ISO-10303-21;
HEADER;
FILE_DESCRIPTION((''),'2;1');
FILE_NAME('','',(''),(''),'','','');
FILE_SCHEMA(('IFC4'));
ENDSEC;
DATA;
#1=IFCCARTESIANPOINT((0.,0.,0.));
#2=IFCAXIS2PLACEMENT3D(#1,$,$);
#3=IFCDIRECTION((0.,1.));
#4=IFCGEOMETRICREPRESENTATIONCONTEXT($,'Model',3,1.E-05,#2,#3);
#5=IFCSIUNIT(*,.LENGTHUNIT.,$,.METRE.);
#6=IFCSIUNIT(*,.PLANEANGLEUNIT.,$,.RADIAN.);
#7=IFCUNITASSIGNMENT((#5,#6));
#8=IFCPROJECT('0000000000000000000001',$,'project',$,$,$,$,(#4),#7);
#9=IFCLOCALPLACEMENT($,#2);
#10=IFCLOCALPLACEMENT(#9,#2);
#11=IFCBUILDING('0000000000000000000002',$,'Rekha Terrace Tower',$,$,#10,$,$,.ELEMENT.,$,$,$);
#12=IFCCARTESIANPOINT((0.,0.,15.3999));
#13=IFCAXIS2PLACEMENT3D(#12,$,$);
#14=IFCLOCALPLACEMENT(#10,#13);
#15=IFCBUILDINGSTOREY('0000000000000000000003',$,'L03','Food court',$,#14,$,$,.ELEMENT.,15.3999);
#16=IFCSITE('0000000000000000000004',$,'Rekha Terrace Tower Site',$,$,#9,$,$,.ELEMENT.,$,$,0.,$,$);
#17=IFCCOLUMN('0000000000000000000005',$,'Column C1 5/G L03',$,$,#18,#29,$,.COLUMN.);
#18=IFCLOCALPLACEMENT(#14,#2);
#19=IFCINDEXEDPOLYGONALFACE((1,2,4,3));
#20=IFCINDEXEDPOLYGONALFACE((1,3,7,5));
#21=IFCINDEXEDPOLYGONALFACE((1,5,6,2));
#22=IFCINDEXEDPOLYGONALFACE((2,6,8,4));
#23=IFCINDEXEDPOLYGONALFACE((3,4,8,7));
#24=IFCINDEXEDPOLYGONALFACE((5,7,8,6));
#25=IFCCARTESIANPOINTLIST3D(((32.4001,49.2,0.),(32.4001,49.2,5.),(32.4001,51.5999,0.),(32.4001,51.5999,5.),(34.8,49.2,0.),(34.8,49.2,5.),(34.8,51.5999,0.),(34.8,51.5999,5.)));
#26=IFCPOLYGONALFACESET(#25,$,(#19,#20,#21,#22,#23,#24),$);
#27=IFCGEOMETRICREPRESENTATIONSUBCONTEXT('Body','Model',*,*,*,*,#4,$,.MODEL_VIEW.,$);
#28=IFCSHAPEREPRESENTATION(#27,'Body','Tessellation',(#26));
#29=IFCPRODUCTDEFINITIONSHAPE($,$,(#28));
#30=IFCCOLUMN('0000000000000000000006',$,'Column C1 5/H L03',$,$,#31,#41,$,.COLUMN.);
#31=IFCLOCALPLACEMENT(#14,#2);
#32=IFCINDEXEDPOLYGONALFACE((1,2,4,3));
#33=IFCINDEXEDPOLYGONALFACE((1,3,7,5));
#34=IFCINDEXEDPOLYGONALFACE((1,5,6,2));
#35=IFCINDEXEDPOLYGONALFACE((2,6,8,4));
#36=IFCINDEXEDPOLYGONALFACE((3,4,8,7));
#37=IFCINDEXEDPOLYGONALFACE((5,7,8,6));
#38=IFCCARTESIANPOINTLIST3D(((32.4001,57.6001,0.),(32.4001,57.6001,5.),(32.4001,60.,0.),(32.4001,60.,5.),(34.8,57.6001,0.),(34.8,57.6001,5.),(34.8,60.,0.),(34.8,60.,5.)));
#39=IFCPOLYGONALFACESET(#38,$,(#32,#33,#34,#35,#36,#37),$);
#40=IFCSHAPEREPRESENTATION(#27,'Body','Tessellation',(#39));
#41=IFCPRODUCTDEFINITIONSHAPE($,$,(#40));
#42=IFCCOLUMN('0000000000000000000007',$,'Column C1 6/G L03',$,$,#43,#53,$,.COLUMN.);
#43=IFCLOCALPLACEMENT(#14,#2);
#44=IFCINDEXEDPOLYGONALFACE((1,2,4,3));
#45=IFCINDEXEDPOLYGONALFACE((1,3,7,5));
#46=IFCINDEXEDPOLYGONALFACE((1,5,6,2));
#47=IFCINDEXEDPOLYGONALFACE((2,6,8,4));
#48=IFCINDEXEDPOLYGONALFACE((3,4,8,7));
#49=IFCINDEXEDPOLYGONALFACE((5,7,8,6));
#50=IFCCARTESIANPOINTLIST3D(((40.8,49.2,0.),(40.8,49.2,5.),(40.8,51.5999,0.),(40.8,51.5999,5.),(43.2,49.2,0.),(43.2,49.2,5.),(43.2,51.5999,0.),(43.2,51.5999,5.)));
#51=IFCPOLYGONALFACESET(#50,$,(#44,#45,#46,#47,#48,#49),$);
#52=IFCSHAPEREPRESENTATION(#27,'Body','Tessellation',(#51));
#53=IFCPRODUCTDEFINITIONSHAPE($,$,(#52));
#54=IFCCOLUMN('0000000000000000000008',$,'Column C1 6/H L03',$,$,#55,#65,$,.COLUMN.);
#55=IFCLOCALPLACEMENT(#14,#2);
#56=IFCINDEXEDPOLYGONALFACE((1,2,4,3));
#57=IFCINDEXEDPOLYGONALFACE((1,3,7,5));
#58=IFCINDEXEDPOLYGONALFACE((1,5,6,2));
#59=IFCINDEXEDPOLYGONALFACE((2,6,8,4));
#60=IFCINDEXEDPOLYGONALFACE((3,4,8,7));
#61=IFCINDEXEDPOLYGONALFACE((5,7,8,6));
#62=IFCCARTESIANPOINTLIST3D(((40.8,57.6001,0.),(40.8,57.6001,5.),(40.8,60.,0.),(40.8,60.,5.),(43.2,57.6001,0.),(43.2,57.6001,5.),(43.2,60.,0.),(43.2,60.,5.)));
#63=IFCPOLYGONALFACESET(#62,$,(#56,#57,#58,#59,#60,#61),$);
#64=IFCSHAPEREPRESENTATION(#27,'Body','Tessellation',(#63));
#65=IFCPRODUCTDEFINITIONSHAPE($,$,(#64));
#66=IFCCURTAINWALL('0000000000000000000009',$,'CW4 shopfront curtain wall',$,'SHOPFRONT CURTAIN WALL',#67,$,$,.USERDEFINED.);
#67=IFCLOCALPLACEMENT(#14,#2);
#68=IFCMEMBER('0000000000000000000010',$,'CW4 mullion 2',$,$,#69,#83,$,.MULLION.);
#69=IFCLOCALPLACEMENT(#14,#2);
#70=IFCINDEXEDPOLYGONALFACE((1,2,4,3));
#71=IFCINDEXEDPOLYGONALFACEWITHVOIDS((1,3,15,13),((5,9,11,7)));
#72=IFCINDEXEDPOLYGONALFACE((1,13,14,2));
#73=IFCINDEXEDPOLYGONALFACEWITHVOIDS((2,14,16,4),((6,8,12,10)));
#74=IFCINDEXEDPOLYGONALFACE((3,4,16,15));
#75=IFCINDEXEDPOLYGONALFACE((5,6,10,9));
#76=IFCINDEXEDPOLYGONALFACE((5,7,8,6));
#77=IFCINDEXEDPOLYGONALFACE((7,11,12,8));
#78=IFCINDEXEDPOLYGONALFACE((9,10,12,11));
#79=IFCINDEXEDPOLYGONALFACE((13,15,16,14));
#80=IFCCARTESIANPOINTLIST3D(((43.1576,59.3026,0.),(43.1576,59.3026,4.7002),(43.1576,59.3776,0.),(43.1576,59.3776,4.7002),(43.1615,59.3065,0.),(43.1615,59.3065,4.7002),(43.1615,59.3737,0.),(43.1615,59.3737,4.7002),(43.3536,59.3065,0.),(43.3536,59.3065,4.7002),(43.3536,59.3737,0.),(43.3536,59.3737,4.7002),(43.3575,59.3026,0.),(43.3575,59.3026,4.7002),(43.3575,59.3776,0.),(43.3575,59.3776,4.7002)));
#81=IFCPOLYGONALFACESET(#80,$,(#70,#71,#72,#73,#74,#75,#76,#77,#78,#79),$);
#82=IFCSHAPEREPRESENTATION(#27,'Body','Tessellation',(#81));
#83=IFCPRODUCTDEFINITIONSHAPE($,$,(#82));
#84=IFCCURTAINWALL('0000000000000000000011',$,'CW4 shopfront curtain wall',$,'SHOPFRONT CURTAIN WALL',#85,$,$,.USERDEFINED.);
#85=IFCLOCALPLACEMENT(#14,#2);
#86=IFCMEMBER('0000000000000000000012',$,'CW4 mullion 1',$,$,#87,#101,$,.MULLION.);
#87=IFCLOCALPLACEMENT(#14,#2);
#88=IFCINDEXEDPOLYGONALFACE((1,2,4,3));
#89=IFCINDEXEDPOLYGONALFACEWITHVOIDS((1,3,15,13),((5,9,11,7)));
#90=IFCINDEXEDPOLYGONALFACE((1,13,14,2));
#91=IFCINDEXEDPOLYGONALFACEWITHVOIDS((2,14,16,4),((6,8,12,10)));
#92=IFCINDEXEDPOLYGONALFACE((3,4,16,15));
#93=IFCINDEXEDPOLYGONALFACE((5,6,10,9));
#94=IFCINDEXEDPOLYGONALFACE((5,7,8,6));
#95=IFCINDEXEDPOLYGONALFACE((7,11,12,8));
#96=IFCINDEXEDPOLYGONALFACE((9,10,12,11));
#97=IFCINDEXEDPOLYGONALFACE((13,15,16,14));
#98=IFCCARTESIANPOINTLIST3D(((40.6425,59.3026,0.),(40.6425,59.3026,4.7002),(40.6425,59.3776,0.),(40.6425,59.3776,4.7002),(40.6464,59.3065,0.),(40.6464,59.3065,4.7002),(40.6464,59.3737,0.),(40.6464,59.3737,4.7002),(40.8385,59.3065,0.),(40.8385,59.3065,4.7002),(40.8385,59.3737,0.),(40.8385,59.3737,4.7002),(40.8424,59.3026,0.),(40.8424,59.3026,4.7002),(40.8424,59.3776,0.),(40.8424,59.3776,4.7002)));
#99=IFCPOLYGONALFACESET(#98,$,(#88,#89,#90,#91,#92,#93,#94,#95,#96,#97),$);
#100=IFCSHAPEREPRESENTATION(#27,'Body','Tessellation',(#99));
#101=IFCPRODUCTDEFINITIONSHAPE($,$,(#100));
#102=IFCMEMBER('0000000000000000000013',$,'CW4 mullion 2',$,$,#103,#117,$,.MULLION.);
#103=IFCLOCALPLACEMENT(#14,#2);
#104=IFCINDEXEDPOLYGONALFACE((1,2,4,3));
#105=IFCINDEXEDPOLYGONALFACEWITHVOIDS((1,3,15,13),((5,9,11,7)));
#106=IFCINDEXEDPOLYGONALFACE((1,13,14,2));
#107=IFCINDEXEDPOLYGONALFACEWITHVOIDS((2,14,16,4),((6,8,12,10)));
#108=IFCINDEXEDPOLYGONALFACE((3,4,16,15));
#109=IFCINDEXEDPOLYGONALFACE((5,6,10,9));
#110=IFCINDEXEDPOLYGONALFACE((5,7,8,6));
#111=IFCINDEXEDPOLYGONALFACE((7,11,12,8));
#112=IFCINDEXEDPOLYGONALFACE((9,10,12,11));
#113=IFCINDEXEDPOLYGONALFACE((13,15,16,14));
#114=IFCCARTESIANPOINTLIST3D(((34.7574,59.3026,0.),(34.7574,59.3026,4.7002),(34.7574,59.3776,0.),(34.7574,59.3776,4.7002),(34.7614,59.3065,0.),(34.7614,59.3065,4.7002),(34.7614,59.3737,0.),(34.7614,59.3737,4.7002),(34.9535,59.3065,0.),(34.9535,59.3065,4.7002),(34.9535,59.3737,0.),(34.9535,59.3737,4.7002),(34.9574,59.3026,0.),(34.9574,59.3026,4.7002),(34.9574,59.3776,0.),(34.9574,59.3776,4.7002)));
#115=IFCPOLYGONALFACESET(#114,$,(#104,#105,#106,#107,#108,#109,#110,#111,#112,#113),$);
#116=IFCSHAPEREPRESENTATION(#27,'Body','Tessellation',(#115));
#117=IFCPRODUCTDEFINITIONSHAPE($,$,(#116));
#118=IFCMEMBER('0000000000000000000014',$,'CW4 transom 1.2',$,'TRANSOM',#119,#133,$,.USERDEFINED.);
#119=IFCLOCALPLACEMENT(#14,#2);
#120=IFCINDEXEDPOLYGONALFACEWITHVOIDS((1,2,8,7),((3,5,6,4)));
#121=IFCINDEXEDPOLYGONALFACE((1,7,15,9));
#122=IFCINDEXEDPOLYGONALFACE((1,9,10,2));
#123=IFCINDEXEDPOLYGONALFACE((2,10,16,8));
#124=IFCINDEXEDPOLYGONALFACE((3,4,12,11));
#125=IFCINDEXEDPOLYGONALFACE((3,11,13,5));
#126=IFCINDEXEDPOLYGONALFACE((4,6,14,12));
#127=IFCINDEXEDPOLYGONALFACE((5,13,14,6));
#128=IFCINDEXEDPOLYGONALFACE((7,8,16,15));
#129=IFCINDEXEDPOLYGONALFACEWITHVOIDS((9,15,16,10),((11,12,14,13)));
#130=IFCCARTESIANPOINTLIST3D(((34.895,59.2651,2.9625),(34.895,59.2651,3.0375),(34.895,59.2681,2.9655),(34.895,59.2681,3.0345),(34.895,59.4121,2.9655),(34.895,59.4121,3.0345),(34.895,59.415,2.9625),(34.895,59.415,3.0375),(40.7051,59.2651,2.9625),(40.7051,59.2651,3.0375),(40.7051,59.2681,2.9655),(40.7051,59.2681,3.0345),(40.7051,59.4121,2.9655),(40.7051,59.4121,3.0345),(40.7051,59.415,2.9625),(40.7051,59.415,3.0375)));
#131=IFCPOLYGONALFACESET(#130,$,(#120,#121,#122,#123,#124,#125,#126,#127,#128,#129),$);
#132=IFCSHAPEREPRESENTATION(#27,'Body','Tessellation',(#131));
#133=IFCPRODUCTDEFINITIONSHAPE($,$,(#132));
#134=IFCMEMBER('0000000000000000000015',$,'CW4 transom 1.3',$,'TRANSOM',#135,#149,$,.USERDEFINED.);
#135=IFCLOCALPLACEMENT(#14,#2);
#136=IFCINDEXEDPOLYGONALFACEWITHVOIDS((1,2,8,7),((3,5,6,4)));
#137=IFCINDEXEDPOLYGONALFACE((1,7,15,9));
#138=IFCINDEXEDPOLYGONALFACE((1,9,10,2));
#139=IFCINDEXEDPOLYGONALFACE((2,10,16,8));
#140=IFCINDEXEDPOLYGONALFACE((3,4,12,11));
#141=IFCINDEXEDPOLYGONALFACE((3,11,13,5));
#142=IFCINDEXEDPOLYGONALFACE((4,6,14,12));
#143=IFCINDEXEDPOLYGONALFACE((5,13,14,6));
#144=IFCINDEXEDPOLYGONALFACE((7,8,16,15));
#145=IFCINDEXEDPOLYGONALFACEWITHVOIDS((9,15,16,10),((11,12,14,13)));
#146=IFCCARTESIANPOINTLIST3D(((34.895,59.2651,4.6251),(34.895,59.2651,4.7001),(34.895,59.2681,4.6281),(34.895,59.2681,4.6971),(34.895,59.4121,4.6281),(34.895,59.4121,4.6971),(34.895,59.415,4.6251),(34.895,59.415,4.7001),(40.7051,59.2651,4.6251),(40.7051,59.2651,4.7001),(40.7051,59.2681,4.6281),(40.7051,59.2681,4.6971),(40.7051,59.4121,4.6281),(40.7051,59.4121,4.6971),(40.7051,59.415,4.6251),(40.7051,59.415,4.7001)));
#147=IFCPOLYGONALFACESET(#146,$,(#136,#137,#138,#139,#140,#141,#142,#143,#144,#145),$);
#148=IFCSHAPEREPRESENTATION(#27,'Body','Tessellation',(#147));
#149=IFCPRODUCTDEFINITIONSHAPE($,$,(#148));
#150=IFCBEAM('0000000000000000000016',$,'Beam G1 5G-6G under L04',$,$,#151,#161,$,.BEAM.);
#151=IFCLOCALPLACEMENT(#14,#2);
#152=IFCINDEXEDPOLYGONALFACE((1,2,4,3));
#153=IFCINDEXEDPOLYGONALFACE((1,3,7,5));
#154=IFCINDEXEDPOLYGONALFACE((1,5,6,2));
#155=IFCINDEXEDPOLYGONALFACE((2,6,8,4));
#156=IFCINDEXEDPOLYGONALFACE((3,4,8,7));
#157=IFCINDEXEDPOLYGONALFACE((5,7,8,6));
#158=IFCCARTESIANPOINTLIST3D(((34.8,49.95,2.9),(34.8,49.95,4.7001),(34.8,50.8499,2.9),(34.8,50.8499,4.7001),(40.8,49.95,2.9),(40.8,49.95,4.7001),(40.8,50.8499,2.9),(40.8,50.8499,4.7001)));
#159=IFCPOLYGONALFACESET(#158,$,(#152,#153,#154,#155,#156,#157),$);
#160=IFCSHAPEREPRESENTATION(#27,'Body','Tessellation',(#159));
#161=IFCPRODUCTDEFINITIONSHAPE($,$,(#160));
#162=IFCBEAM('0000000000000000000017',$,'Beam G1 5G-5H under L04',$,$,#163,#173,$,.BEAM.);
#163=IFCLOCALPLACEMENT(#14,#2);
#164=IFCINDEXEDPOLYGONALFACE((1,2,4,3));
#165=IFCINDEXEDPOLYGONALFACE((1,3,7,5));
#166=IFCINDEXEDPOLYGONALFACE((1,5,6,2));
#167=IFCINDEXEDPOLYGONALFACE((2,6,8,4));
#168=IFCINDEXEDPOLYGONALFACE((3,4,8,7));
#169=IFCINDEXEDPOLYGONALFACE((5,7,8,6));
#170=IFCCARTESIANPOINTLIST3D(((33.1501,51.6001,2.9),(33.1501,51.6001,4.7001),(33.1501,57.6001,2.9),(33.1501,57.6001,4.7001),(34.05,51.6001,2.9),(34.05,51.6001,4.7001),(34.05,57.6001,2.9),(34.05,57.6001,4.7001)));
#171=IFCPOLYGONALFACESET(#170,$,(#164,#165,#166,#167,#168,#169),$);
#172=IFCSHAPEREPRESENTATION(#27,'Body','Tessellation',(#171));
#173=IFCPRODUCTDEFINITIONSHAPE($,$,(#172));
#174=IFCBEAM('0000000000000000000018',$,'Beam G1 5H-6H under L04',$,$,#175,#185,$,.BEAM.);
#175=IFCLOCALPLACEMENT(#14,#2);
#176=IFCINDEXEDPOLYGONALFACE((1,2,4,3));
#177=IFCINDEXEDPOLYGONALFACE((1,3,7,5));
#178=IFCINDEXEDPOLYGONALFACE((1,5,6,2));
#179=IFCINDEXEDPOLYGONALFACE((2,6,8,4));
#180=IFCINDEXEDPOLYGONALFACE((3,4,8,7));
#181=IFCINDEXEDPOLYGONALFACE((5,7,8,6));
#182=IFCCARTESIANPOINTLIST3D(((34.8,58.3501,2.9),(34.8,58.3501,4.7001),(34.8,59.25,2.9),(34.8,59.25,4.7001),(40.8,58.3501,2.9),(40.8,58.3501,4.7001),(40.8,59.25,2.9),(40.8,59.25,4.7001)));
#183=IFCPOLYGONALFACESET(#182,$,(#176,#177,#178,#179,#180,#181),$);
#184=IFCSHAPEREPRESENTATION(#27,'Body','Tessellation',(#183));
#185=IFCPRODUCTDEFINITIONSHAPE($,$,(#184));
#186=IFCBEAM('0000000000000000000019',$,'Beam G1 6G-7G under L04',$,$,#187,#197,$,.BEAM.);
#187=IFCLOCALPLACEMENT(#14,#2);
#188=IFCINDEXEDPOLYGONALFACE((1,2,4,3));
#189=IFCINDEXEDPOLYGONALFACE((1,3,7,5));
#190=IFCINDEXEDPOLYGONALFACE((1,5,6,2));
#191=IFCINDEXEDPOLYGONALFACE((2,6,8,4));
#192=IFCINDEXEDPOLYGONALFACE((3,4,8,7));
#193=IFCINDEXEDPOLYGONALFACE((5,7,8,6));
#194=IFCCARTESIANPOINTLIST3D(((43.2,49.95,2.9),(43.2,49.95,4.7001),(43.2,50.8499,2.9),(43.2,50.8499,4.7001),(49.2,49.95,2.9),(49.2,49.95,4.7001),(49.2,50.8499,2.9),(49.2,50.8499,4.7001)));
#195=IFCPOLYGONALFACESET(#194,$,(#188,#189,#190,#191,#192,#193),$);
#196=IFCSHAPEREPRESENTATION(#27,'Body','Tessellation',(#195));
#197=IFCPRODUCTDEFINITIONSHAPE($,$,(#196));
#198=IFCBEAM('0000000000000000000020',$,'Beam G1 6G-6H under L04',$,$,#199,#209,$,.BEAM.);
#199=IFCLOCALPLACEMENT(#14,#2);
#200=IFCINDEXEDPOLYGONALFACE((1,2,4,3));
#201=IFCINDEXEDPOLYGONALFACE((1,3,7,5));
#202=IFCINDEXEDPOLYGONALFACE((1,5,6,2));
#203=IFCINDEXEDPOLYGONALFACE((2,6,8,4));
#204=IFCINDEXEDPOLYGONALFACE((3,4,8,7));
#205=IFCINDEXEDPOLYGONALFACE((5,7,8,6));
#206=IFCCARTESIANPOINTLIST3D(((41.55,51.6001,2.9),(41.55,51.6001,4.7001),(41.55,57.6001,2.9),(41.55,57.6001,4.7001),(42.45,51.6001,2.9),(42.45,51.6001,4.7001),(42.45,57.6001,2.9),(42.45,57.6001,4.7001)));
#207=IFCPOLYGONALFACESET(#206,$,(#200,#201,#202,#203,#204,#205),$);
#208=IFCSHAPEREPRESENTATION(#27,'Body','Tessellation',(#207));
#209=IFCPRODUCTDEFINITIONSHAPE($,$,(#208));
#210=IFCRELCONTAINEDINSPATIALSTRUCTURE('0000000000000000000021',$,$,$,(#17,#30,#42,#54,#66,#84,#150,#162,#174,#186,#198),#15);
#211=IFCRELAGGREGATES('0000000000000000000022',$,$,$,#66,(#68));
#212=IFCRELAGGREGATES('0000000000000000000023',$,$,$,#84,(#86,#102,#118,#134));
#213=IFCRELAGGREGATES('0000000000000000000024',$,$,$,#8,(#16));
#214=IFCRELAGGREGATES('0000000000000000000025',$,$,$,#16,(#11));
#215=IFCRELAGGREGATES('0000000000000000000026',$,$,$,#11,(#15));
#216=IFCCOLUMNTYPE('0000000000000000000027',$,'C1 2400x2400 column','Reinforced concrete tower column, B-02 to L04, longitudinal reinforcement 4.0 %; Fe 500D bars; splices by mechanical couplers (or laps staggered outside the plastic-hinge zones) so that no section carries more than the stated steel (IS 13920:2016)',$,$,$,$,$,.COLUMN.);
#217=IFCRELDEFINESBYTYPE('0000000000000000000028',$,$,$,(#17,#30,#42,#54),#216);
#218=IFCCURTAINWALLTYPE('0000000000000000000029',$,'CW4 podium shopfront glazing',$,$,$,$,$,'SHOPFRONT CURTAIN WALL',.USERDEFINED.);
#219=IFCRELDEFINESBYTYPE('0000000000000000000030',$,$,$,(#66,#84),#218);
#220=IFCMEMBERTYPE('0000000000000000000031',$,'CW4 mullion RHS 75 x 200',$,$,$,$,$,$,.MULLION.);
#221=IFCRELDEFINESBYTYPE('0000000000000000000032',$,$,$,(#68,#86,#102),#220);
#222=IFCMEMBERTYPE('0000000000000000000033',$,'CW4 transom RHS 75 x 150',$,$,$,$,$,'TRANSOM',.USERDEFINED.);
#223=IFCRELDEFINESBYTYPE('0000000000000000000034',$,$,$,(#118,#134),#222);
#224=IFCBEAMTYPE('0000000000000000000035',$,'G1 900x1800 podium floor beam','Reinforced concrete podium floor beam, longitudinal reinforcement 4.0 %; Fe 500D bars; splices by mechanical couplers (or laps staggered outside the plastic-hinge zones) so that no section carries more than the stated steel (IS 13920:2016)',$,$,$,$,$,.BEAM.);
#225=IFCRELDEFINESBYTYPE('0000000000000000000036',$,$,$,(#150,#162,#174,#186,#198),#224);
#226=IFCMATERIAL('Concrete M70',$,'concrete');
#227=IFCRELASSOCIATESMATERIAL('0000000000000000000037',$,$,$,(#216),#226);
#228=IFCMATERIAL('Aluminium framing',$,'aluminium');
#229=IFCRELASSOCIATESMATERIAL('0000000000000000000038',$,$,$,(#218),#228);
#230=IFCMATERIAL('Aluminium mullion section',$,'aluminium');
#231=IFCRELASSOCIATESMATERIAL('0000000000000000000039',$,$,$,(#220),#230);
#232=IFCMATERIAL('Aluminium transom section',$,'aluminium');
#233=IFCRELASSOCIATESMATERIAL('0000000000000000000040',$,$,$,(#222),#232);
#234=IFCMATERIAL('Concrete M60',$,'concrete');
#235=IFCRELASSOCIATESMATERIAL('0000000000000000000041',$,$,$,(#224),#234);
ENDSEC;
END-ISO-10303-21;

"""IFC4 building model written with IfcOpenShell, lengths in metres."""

from ifc_helpers import new_model, si_unit, direction, frame, origin, origin_2d, place, context, subcontext, project, spatial, rectangle, hollow_rectangle, extrude, material, material_profile, profile_set, type_object, element, aggregate, save


model = new_model("IFC4")

# Units and contexts
model_context = context("Model", 3, precision=1e-05, world=origin(), true_north=direction((0.0, 1.0)))
body_context = subcontext(model_context, "Body", "Model", "MODEL_VIEW")
ifc_project = project(units=[si_unit("LENGTHUNIT", "METRE"), si_unit("PLANEANGLEUNIT", "RADIAN")], contexts=[model_context])

# Site, building, storey
site_placement = place(None, origin())
site = spatial("IfcSite", under=ifc_project, at=site_placement, Name="Rekha Terrace Tower Site", CompositionType="ELEMENT", RefElevation=0.0)
building_placement = place(site_placement, origin())
building = spatial("IfcBuilding", under=site, at=building_placement, Name="Rekha Terrace Tower", CompositionType="ELEMENT")
storey_placement = place(building_placement, frame((0.0, 0.0, 15.3999)))
storey = spatial("IfcBuildingStorey", under=building, at=storey_placement, Name="L03", Description="Food court", CompositionType="ELEMENT", Elevation=15.3999)

# Columns
ifc_material_1 = material(Name="Concrete M70", Category="concrete")
ifc_material_profile_1 = material_profile(ifc_material_1, rectangle(XDim=2.3999, YDim=2.3999, at=origin_2d()), Name="RC 2400x2400")
ifc_profile_set_1 = profile_set([ifc_material_profile_1], Name="Concrete M70")
column_type = type_object("IfcColumnType", Name="C1 2400x2400 column", Description="Reinforced concrete tower column, B-02 to L04, longitudinal reinforcement 4.0 %; Fe 500D bars; splices by mechanical couplers (or laps staggered outside the plastic-hinge zones) so that no section carries more than the stated steel (IS 13920:2016)", PredefinedType="COLUMN", material=ifc_profile_set_1)
for number, where, z_axis, x_axis, name in (
    (1, (33.6001, 50.3999, 0.0), (0.0, 0.0, 1.0), (1.0, 0.0, 0.0), "Column C1 5/G L03"),
    (2, (33.6001, 58.8, 0.0), (0.0, 0.0, 1.0), (1.0, 0.0, 0.0), "Column C1 5/H L03"),
    (3, (42.0, 50.3999, 0.0), (0.0, 0.0, 1.0), (1.0, 0.0, 0.0), "Column C1 6/G L03"),
    (4, (42.0, 58.8, 0.0), (0.0, 0.0, 1.0), (1.0, 0.0, 0.0), "Column C1 6/H L03"),
):
    element("IfcColumn", number, at=place(storey_placement, frame(where, z_axis=z_axis, x_axis=x_axis)), inside=storey, type_object=column_type, Name=name, PredefinedType="COLUMN", context=body_context, shape_type="SweptSolid", body=[
        extrude(rectangle(XDim=2.3999, YDim=2.3999, at=origin_2d()), origin(), (0.0, 0.0, 1.0), 5.0),
    ])

# Curtain wall, member
ifc_material_2 = material(Name="Aluminium framing", Category="aluminium")
curtain_wall_type = type_object("IfcCurtainWallType", Name="CW4 podium shopfront glazing", ElementType="SHOPFRONT CURTAIN WALL", PredefinedType="USERDEFINED", material=ifc_material_2)
curtain_wall_1_placement = place(storey_placement, origin())
curtain_wall_1 = element("IfcCurtainWall", 5, at=curtain_wall_1_placement, inside=storey, type_object=curtain_wall_type, Name="CW4 shopfront curtain wall", ObjectType="SHOPFRONT CURTAIN WALL", PredefinedType="USERDEFINED")
ifc_material_3 = material(Name="Aluminium mullion section", Category="aluminium")
ifc_material_profile_2 = material_profile(ifc_material_3, hollow_rectangle(XDim=0.075, YDim=0.2, WallThickness=0.0039, at=origin_2d()), Name="AL RHS 75x200")
ifc_profile_set_2 = profile_set([ifc_material_profile_2], Name="Aluminium mullion section")
member_type_1 = type_object("IfcMemberType", Name="CW4 mullion RHS 75 x 200", PredefinedType="MULLION", material=ifc_profile_set_2)
member_1_placement = place(storey_placement, frame((43.2576, 59.3401, 0.0), z_axis=(0.0, 0.0, 1.0), x_axis=(0.0, -1.0, 0.0)))
member_1 = element("IfcMember", 6, at=member_1_placement, type_object=member_type_1, Name="CW4 mullion 2", PredefinedType="MULLION", context=body_context, shape_type="SweptSolid", body=[
    extrude(hollow_rectangle(XDim=0.075, YDim=0.2, WallThickness=0.0039, at=origin_2d()), origin(), (0.0, 0.0, 1.0), 4.7002),
])
aggregate(curtain_wall_1, [member_1])

# Curtain wall, members
curtain_wall_2_placement = place(storey_placement, origin())
curtain_wall_2 = element("IfcCurtainWall", 7, at=curtain_wall_2_placement, inside=storey, type_object=curtain_wall_type, Name="CW4 shopfront curtain wall", ObjectType="SHOPFRONT CURTAIN WALL", PredefinedType="USERDEFINED")
member_2_placement = place(storey_placement, frame((40.7424, 59.3401, 0.0), z_axis=(0.0, 0.0, 1.0), x_axis=(0.0, -1.0, 0.0)))
member_2 = element("IfcMember", 8, at=member_2_placement, type_object=member_type_1, Name="CW4 mullion 1", PredefinedType="MULLION", context=body_context, shape_type="SweptSolid", body=[
    extrude(hollow_rectangle(XDim=0.075, YDim=0.2, WallThickness=0.0039, at=origin_2d()), origin(), (0.0, 0.0, 1.0), 4.7002),
])
member_3_placement = place(storey_placement, frame((34.8574, 59.3401, 0.0), z_axis=(0.0, 0.0, 1.0), x_axis=(0.0, -1.0, 0.0)))
member_3 = element("IfcMember", 9, at=member_3_placement, type_object=member_type_1, Name="CW4 mullion 2", PredefinedType="MULLION", context=body_context, shape_type="SweptSolid", body=[
    extrude(hollow_rectangle(XDim=0.075, YDim=0.2, WallThickness=0.0039, at=origin_2d()), origin(), (0.0, 0.0, 1.0), 4.7002),
])
ifc_material_4 = material(Name="Aluminium transom section", Category="aluminium")
ifc_material_profile_3 = material_profile(ifc_material_4, hollow_rectangle(XDim=0.1499, YDim=0.075, WallThickness=0.0029, at=origin_2d()), Name="AL RHS 150x75")
ifc_profile_set_3 = profile_set([ifc_material_profile_3], Name="Aluminium transom section")
member_type_2 = type_object("IfcMemberType", Name="CW4 transom RHS 75 x 150", ElementType="TRANSOM", PredefinedType="USERDEFINED", material=ifc_profile_set_3)
member_4_placement = place(storey_placement, frame((40.7051, 59.3401, 3.0), z_axis=(-1.0, 0.0, 0.0), x_axis=(0.0, -1.0, 0.0)))
member_4 = element("IfcMember", 10, at=member_4_placement, type_object=member_type_2, Name="CW4 transom 1.2", ObjectType="TRANSOM", PredefinedType="USERDEFINED", context=body_context, shape_type="SweptSolid", body=[
    extrude(hollow_rectangle(XDim=0.1499, YDim=0.075, WallThickness=0.0029, at=origin_2d()), origin(), (0.0, 0.0, 1.0), 5.8101),
])
member_5_placement = place(storey_placement, frame((40.7051, 59.3401, 4.6626), z_axis=(-1.0, 0.0, 0.0), x_axis=(0.0, -1.0, 0.0)))
member_5 = element("IfcMember", 11, at=member_5_placement, type_object=member_type_2, Name="CW4 transom 1.3", ObjectType="TRANSOM", PredefinedType="USERDEFINED", context=body_context, shape_type="SweptSolid", body=[
    extrude(hollow_rectangle(XDim=0.1499, YDim=0.075, WallThickness=0.0029, at=origin_2d()), origin(), (0.0, 0.0, 1.0), 5.8101),
])

# Beams
ifc_material_5 = material(Name="Concrete M60", Category="concrete")
ifc_material_profile_4 = material_profile(ifc_material_5, rectangle(XDim=0.8999, YDim=1.8, at=origin_2d()), Name="RC 900x1800")
ifc_profile_set_4 = profile_set([ifc_material_profile_4], Name="Concrete M60")
beam_type_1 = type_object("IfcBeamType", Name="G1 900x1800 podium floor beam", Description="Reinforced concrete podium floor beam, longitudinal reinforcement 4.0 %; Fe 500D bars; splices by mechanical couplers (or laps staggered outside the plastic-hinge zones) so that no section carries more than the stated steel (IS 13920:2016)", PredefinedType="BEAM", material=ifc_profile_set_4)
for number, where, z_axis, x_axis, name in (
    (12, (34.8, 50.3999, 3.8), (1.0, 0.0, 0.0), (0.0, 1.0, 0.0), "Beam G1 5G-6G under L04"),
    (13, (33.6001, 51.6001, 3.8), (0.0, 1.0, 0.0), (-1.0, 0.0, 0.0), "Beam G1 5G-5H under L04"),
    (14, (34.8, 58.8, 3.8), (1.0, 0.0, 0.0), (0.0, 1.0, 0.0), "Beam G1 5H-6H under L04"),
    (15, (43.2, 50.3999, 3.8), (1.0, 0.0, 0.0), (0.0, 1.0, 0.0), "Beam G1 6G-7G under L04"),
    (16, (42.0, 51.6001, 3.8), (0.0, 1.0, 0.0), (-1.0, 0.0, 0.0), "Beam G1 6G-6H under L04"),
):
    element("IfcBeam", number, at=place(storey_placement, frame(where, z_axis=z_axis, x_axis=x_axis)), inside=storey, type_object=beam_type_1, Name=name, PredefinedType="BEAM", context=body_context, shape_type="SweptSolid", body=[
        extrude(rectangle(XDim=0.8999, YDim=1.8, at=origin_2d()), origin(), (0.0, 0.0, 1.0), 6.0),
    ])

aggregate(curtain_wall_2, [member_2, member_3, member_4, member_5])

save(model, "model.ifc")
